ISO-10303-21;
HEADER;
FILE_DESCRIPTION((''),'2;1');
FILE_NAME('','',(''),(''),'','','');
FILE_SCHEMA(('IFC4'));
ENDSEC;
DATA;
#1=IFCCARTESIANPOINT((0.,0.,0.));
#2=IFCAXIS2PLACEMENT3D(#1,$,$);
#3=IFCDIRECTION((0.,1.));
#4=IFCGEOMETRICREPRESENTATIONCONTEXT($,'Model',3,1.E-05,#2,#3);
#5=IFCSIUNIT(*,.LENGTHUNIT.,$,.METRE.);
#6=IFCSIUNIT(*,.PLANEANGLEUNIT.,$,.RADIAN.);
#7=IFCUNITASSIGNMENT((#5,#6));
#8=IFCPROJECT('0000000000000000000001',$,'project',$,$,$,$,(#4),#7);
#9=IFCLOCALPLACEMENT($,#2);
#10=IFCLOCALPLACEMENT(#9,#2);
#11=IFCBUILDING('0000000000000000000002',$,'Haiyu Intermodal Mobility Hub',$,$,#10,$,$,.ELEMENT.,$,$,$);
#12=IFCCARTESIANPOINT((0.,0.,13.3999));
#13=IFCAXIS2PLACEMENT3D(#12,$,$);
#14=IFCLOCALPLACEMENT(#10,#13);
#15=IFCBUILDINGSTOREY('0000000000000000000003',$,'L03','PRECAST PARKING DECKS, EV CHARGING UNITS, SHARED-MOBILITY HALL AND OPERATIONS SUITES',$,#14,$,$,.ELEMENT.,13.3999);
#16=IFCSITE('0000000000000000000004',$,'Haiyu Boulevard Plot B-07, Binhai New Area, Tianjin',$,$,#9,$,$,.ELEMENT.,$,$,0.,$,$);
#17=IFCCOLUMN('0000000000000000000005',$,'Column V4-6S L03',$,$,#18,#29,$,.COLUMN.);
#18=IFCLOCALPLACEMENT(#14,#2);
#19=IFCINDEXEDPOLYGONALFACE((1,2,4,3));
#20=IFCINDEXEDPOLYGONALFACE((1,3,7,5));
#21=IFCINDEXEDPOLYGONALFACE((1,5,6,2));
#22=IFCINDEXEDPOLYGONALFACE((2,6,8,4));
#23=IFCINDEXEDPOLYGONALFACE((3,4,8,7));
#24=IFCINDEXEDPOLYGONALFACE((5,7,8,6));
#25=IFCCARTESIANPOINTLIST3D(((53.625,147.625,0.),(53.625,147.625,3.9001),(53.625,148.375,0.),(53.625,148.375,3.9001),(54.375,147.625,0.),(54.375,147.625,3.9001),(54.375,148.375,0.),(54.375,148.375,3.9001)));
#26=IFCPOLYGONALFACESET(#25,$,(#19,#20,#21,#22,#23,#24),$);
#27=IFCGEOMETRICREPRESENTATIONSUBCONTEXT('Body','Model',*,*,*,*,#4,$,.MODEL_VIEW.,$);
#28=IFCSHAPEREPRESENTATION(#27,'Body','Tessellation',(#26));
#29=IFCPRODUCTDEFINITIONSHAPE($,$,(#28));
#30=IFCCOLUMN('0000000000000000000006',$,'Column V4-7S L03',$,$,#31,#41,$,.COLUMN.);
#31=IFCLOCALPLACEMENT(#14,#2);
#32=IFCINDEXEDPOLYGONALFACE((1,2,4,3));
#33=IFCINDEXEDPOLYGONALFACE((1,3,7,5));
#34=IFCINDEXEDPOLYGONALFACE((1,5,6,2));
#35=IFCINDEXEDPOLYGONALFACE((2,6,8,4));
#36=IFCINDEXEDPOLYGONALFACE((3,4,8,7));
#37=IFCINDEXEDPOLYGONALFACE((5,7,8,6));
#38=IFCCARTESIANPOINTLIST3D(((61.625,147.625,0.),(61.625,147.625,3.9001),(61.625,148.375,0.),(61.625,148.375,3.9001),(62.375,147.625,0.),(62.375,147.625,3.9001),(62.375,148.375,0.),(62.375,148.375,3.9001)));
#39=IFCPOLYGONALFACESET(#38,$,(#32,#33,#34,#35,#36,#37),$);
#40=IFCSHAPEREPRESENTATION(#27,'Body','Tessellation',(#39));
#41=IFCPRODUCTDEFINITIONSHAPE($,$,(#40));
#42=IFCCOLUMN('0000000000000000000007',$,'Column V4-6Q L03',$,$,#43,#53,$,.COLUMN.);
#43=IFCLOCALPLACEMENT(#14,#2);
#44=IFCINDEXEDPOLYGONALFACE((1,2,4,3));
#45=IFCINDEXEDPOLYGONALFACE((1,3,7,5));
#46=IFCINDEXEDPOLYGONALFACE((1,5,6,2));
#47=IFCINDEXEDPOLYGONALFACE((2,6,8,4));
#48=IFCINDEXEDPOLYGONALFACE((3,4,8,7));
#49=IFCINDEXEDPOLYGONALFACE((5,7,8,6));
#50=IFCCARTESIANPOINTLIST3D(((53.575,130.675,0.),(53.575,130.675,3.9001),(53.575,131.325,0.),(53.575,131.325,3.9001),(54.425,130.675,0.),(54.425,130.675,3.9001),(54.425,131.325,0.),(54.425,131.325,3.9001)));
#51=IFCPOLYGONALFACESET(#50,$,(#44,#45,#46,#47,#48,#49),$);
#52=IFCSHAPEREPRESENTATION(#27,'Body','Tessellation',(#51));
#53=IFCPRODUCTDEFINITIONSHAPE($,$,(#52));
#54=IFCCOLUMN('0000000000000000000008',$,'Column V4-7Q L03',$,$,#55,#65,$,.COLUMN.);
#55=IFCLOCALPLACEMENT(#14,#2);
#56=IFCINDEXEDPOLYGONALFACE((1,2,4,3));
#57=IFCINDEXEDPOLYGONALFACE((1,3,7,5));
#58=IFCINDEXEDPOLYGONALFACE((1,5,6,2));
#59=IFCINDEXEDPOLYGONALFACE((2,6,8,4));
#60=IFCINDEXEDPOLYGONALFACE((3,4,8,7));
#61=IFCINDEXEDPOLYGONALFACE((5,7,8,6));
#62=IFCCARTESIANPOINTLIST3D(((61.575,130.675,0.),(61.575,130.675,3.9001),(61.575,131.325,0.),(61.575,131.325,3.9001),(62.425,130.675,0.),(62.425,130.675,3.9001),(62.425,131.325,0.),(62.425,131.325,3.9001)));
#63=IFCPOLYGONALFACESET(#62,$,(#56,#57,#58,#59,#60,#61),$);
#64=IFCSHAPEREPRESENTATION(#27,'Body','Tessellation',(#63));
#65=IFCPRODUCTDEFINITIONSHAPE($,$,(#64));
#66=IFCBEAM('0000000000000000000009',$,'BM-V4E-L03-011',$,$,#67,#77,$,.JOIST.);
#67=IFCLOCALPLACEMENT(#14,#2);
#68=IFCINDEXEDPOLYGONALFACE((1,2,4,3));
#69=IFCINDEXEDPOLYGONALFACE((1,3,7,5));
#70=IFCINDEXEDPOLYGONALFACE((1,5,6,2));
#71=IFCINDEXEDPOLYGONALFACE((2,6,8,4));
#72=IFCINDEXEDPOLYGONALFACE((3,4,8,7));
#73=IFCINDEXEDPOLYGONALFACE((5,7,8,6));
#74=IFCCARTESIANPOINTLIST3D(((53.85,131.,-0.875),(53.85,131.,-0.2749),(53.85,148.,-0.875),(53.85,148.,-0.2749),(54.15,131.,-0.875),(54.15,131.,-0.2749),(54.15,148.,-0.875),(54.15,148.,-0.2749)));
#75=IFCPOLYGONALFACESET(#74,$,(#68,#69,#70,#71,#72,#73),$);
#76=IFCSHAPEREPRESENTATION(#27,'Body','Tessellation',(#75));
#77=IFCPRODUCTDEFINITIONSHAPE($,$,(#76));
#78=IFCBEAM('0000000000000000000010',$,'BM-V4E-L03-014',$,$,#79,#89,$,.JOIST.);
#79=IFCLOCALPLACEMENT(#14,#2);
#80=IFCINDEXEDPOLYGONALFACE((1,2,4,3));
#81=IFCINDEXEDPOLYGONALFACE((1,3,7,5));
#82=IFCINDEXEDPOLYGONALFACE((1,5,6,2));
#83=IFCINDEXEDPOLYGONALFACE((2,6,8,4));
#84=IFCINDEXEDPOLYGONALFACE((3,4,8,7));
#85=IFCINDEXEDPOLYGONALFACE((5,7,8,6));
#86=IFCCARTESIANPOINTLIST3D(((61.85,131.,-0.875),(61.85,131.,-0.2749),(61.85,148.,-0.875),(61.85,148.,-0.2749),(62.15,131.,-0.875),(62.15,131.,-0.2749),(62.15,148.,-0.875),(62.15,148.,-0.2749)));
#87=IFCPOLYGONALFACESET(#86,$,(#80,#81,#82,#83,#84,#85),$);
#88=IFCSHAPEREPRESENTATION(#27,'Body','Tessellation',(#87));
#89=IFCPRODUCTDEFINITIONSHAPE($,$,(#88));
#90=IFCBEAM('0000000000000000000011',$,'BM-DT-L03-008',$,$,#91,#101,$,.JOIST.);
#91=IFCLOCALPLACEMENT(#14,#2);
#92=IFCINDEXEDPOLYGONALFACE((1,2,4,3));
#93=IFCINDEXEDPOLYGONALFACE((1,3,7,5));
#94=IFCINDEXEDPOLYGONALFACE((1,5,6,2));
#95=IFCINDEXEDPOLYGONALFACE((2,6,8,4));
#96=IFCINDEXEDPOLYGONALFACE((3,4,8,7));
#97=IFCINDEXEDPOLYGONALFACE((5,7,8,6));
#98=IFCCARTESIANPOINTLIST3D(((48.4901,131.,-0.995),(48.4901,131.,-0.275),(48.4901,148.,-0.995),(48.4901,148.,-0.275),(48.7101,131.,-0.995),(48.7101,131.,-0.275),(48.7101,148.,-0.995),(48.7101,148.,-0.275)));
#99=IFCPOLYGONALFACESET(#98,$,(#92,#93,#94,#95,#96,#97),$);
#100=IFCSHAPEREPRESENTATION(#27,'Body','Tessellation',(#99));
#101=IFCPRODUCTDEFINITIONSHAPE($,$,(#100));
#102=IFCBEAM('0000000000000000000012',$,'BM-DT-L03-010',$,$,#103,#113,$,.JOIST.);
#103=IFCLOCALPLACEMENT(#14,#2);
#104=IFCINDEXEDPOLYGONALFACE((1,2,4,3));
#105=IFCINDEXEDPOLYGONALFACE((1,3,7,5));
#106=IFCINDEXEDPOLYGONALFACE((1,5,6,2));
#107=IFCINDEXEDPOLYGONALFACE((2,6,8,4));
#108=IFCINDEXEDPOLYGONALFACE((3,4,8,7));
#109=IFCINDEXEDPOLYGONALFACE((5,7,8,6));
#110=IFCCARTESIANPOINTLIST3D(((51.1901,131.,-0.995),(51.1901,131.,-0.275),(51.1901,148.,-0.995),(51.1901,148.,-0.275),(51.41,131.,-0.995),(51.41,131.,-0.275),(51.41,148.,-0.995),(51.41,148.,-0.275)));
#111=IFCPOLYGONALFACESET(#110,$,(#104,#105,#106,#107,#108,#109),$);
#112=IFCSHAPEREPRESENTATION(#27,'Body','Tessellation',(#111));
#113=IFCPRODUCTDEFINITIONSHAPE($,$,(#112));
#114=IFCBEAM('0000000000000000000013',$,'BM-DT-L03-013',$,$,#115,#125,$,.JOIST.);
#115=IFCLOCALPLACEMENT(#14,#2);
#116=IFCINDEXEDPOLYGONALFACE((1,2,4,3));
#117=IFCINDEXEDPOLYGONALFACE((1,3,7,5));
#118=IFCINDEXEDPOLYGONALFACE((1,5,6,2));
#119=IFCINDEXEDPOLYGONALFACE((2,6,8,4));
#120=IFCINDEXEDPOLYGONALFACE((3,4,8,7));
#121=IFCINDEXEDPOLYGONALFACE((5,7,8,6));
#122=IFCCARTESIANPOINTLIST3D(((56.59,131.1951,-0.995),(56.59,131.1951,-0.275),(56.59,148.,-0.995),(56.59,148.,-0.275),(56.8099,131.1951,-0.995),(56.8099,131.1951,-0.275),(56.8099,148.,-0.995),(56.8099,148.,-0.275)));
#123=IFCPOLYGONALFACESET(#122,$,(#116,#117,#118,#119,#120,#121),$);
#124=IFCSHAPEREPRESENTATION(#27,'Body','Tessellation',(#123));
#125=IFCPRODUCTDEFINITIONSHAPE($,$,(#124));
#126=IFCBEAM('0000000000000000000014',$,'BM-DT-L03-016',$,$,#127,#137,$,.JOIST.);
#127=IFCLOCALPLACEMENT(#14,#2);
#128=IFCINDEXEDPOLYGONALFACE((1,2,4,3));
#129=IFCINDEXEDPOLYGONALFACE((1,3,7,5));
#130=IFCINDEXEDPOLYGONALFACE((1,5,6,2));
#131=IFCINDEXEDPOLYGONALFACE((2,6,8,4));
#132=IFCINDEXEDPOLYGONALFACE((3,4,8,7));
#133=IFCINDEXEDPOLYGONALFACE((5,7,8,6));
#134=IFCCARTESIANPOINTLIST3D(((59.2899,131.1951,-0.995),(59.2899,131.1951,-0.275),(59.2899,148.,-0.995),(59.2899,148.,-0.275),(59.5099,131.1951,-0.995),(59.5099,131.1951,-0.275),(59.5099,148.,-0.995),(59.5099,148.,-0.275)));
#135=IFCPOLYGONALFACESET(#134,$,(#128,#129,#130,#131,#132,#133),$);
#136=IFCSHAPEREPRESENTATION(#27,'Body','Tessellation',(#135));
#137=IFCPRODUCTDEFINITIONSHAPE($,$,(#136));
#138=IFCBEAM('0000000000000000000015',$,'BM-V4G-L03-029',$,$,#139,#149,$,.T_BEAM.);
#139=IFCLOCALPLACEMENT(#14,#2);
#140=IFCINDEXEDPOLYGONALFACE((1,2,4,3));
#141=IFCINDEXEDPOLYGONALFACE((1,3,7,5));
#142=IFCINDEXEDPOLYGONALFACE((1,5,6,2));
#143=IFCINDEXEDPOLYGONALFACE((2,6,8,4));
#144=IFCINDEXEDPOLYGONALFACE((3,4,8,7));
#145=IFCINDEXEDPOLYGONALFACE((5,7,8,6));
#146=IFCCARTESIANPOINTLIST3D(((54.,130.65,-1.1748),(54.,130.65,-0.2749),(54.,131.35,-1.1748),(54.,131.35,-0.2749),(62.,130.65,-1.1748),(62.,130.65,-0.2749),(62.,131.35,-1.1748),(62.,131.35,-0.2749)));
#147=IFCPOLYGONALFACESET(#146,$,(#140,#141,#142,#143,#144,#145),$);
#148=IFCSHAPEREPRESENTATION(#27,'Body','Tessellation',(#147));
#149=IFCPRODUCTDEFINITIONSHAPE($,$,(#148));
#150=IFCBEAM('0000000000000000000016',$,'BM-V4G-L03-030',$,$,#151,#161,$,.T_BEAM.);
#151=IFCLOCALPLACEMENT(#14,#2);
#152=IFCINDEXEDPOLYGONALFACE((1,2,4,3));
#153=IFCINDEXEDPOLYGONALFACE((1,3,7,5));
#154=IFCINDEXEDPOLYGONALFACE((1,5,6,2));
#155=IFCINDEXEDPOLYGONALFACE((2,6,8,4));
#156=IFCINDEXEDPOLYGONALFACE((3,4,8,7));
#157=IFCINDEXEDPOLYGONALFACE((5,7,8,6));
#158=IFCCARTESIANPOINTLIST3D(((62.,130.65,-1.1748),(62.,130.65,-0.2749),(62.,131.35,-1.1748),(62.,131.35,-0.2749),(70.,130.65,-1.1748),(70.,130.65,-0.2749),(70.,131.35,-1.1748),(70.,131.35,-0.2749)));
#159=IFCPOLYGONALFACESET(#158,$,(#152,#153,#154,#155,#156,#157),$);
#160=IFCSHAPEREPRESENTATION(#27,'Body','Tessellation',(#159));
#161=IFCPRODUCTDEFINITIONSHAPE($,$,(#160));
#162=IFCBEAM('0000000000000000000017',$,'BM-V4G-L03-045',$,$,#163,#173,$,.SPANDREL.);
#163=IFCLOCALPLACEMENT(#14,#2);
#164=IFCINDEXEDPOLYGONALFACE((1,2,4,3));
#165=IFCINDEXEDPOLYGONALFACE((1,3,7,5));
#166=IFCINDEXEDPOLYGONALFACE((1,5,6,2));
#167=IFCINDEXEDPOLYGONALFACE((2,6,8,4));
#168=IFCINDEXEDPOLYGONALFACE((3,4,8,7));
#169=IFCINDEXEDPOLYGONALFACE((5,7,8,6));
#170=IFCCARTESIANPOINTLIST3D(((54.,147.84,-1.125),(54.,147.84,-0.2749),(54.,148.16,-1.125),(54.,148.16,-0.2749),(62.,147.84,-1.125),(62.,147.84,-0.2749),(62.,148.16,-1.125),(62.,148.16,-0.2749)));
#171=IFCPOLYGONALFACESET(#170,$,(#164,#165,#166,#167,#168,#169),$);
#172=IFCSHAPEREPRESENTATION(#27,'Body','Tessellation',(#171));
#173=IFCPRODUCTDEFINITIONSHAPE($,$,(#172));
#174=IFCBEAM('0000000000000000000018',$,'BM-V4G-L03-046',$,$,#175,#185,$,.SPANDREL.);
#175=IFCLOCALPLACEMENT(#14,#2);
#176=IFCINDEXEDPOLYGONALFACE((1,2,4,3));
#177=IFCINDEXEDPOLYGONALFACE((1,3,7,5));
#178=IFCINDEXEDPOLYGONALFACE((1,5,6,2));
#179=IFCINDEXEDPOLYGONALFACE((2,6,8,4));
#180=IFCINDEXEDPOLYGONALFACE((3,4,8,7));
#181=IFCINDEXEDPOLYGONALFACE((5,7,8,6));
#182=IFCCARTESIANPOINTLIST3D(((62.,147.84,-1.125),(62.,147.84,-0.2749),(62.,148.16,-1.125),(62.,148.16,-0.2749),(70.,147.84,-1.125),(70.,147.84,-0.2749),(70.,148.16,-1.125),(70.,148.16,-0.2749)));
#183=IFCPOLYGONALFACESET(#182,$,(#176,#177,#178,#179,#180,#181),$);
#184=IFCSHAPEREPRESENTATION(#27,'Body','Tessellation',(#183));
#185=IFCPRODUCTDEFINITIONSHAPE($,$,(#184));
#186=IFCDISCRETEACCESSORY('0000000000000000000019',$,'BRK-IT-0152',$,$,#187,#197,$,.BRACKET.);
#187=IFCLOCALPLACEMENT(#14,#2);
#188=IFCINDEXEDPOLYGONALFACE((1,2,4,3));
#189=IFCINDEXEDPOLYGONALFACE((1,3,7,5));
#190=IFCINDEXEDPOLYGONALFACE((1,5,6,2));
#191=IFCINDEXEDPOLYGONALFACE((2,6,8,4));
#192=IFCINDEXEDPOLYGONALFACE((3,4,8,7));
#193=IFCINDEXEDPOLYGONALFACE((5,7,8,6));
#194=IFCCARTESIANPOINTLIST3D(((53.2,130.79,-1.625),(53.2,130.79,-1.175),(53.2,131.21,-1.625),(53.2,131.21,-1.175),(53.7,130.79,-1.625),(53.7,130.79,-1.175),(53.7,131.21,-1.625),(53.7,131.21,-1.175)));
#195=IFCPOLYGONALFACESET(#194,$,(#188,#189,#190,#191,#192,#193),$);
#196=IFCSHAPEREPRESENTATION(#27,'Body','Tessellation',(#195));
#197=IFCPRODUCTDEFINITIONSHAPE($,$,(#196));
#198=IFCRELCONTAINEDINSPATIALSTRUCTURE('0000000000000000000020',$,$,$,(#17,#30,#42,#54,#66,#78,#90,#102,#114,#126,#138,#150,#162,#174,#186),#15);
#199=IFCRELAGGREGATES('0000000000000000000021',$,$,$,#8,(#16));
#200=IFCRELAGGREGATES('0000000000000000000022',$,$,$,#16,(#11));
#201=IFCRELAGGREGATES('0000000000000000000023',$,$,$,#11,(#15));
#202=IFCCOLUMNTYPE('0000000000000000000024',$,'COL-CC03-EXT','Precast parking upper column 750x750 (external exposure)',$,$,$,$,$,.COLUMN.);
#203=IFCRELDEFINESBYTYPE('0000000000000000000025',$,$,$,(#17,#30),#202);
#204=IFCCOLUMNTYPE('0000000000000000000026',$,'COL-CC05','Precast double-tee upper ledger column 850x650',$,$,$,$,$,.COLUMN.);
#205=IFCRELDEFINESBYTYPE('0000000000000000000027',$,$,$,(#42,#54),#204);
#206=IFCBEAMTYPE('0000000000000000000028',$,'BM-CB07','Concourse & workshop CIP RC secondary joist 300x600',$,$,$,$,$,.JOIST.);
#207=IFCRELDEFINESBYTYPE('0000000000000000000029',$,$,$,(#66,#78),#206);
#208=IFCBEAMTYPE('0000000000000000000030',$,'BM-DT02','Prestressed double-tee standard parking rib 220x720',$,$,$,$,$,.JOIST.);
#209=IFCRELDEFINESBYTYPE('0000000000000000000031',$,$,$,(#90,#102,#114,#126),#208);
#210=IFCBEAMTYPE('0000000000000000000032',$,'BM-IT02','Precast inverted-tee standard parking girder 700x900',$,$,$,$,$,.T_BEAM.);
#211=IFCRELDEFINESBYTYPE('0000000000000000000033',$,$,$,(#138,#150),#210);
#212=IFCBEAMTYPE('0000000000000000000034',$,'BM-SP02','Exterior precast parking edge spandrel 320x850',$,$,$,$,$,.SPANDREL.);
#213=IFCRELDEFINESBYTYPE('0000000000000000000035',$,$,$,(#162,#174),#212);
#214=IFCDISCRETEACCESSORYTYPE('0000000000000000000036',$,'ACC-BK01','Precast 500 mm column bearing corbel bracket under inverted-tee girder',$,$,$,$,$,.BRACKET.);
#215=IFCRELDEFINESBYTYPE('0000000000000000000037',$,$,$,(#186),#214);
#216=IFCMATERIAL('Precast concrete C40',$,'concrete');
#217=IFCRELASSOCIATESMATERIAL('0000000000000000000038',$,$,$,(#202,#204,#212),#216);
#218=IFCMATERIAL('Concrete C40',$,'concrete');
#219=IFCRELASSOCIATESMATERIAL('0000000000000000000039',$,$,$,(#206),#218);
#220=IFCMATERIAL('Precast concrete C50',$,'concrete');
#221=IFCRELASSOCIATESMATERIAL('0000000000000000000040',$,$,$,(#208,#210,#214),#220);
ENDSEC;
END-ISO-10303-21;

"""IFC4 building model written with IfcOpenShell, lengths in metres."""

from ifc_helpers import new_model, si_unit, direction, frame, origin, origin_2d, place, context, subcontext, project, spatial, rectangle, extrude, material, material_profile, profile_set, type_object, element, save


model = new_model("IFC4")

# Units and contexts
model_context = context("Model", 3, precision=1e-05, world=origin(), true_north=direction((0.0, 1.0)))
body_context = subcontext(model_context, "Body", "Model", "MODEL_VIEW")
ifc_project = project(units=[si_unit("LENGTHUNIT", "METRE"), si_unit("PLANEANGLEUNIT", "RADIAN")], contexts=[model_context])

# Site, building, storey
site_placement = place(None, origin())
site = spatial("IfcSite", under=ifc_project, at=site_placement, Name="Haiyu Boulevard Plot B-07, Binhai New Area, Tianjin", CompositionType="ELEMENT", RefElevation=0.0)
building_placement = place(site_placement, origin())
building = spatial("IfcBuilding", under=site, at=building_placement, Name="Haiyu Intermodal Mobility Hub", CompositionType="ELEMENT")
storey_placement = place(building_placement, frame((0.0, 0.0, 13.3999)))
storey = spatial("IfcBuildingStorey", under=building, at=storey_placement, Name="L03", Description="PRECAST PARKING DECKS, EV CHARGING UNITS, SHARED-MOBILITY HALL AND OPERATIONS SUITES", CompositionType="ELEMENT", Elevation=13.3999)

# Columns
ifc_material_1 = material(Name="Precast concrete C40", Category="concrete")
ifc_material_profile_1 = material_profile(ifc_material_1, rectangle(XDim=0.75, YDim=0.75, at=origin_2d()), Name="RC750x750")
ifc_profile_set_1 = profile_set([ifc_material_profile_1], Name="Precast concrete C40")
column_type_1 = type_object("IfcColumnType", Name="COL-CC03-EXT", Description="Precast parking upper column 750x750 (external exposure)", PredefinedType="COLUMN", material=ifc_profile_set_1)
for number, where, z_axis, x_axis, name in (
    (1, (54.0, 148.0, 0.0), (0.0, 0.0, 1.0), (1.0, 0.0, 0.0), "Column V4-6S L03"),
    (2, (62.0, 148.0, 0.0), (0.0, 0.0, 1.0), (1.0, 0.0, 0.0), "Column V4-7S L03"),
):
    element("IfcColumn", number, at=place(storey_placement, frame(where, z_axis=z_axis, x_axis=x_axis)), inside=storey, type_object=column_type_1, Name=name, PredefinedType="COLUMN", context=body_context, shape_type="SweptSolid", body=[
        extrude(rectangle(XDim=0.75, YDim=0.75, at=origin_2d()), origin(), (0.0, 0.0, 1.0), 3.9001),
    ])
ifc_material_profile_2 = material_profile(ifc_material_1, rectangle(XDim=0.8501, YDim=0.6499, at=origin_2d()), Name="RC850x650")
ifc_profile_set_2 = profile_set([ifc_material_profile_2], Name="Precast concrete C40")
column_type_2 = type_object("IfcColumnType", Name="COL-CC05", Description="Precast double-tee upper ledger column 850x650", PredefinedType="COLUMN", material=ifc_profile_set_2)
for number, where, z_axis, x_axis, name in (
    (3, (54.0, 131.0, 0.0), (0.0, 0.0, 1.0), (1.0, 0.0, 0.0), "Column V4-6Q L03"),
    (4, (62.0, 131.0, 0.0), (0.0, 0.0, 1.0), (1.0, 0.0, 0.0), "Column V4-7Q L03"),
):
    element("IfcColumn", number, at=place(storey_placement, frame(where, z_axis=z_axis, x_axis=x_axis)), inside=storey, type_object=column_type_2, Name=name, PredefinedType="COLUMN", context=body_context, shape_type="SweptSolid", body=[
        extrude(rectangle(XDim=0.8501, YDim=0.6499, at=origin_2d()), origin(), (0.0, 0.0, 1.0), 3.9001),
    ])

# Beams
ifc_material_2 = material(Name="Concrete C40", Category="concrete")
ifc_material_profile_3 = material_profile(ifc_material_2, rectangle(XDim=0.3, YDim=0.6001, at=origin_2d()), Name="RCB300x600")
ifc_profile_set_3 = profile_set([ifc_material_profile_3], Name="Concrete C40")
beam_type_1 = type_object("IfcBeamType", Name="BM-CB07", Description="Concourse & workshop CIP RC secondary joist 300x600", PredefinedType="JOIST", material=ifc_profile_set_3)
for number, where, z_axis, x_axis, name in (
    (5, (54.0, 131.0, -0.575), (0.0, 1.0, 0.0), (-1.0, 0.0, 0.0), "BM-V4E-L03-011"),
    (6, (62.0, 131.0, -0.575), (0.0, 1.0, 0.0), (-1.0, 0.0, 0.0), "BM-V4E-L03-014"),
):
    element("IfcBeam", number, at=place(storey_placement, frame(where, z_axis=z_axis, x_axis=x_axis)), inside=storey, type_object=beam_type_1, Name=name, PredefinedType="JOIST", context=body_context, shape_type="SweptSolid", body=[
        extrude(rectangle(XDim=0.3, YDim=0.6001, at=origin_2d()), origin(), (0.0, 0.0, 1.0), 17.0),
    ])
ifc_material_3 = material(Name="Precast concrete C50", Category="concrete")
ifc_material_profile_4 = material_profile(ifc_material_3, rectangle(XDim=0.22, YDim=0.72, at=origin_2d()), Name="PC220x720")
ifc_profile_set_4 = profile_set([ifc_material_profile_4], Name="Precast concrete C50")
beam_type_2 = type_object("IfcBeamType", Name="BM-DT02", Description="Prestressed double-tee standard parking rib 220x720", PredefinedType="JOIST", material=ifc_profile_set_4)
for number, where, z_axis, x_axis, name in (
    (7, (48.6001, 131.0, -0.635), (0.0, 1.0, 0.0), (-1.0, 0.0, 0.0), "BM-DT-L03-008"),
    (8, (51.3, 131.0, -0.635), (0.0, 1.0, 0.0), (-1.0, 0.0, 0.0), "BM-DT-L03-010"),
):
    element("IfcBeam", number, at=place(storey_placement, frame(where, z_axis=z_axis, x_axis=x_axis)), inside=storey, type_object=beam_type_2, Name=name, PredefinedType="JOIST", context=body_context, shape_type="SweptSolid", body=[
        extrude(rectangle(XDim=0.22, YDim=0.72, at=origin_2d()), origin(), (0.0, 0.0, 1.0), 17.0),
    ])
for number, where, z_axis, x_axis, name in (
    (9, (56.7, 131.1951, -0.635), (0.0, 1.0, 0.0), (-1.0, 0.0, 0.0), "BM-DT-L03-013"),
    (10, (59.3999, 131.1951, -0.635), (0.0, 1.0, 0.0), (-1.0, 0.0, 0.0), "BM-DT-L03-016"),
):
    element("IfcBeam", number, at=place(storey_placement, frame(where, z_axis=z_axis, x_axis=x_axis)), inside=storey, type_object=beam_type_2, Name=name, PredefinedType="JOIST", context=body_context, shape_type="SweptSolid", body=[
        extrude(rectangle(XDim=0.22, YDim=0.72, at=origin_2d()), origin(), (0.0, 0.0, 1.0), 16.8049),
    ])
ifc_material_profile_5 = material_profile(ifc_material_3, rectangle(XDim=0.7, YDim=0.8999, at=origin_2d()), Name="PC700x900")
ifc_profile_set_5 = profile_set([ifc_material_profile_5], Name="Precast concrete C50")
beam_type_3 = type_object("IfcBeamType", Name="BM-IT02", Description="Precast inverted-tee standard parking girder 700x900", PredefinedType="T_BEAM", material=ifc_profile_set_5)
for number, where, z_axis, x_axis, name in (
    (11, (54.0, 131.0, -0.7249), (1.0, 0.0, 0.0), (0.0, 1.0, 0.0), "BM-V4G-L03-029"),
    (12, (62.0, 131.0, -0.7249), (1.0, 0.0, 0.0), (0.0, 1.0, 0.0), "BM-V4G-L03-030"),
):
    element("IfcBeam", number, at=place(storey_placement, frame(where, z_axis=z_axis, x_axis=x_axis)), inside=storey, type_object=beam_type_3, Name=name, PredefinedType="T_BEAM", context=body_context, shape_type="SweptSolid", body=[
        extrude(rectangle(XDim=0.7, YDim=0.8999, at=origin_2d()), origin(), (0.0, 0.0, 1.0), 8.0),
    ])
ifc_material_profile_6 = material_profile(ifc_material_1, rectangle(XDim=0.3201, YDim=0.8501, at=origin_2d()), Name="PC320x850")
ifc_profile_set_6 = profile_set([ifc_material_profile_6], Name="Precast concrete C40")
beam_type_4 = type_object("IfcBeamType", Name="BM-SP02", Description="Exterior precast parking edge spandrel 320x850", PredefinedType="SPANDREL", material=ifc_profile_set_6)
for number, where, z_axis, x_axis, name in (
    (13, (54.0, 148.0, -0.7), (1.0, 0.0, 0.0), (0.0, 1.0, 0.0), "BM-V4G-L03-045"),
    (14, (62.0, 148.0, -0.7), (1.0, 0.0, 0.0), (0.0, 1.0, 0.0), "BM-V4G-L03-046"),
):
    element("IfcBeam", number, at=place(storey_placement, frame(where, z_axis=z_axis, x_axis=x_axis)), inside=storey, type_object=beam_type_4, Name=name, PredefinedType="SPANDREL", context=body_context, shape_type="SweptSolid", body=[
        extrude(rectangle(XDim=0.3201, YDim=0.8501, at=origin_2d()), origin(), (0.0, 0.0, 1.0), 8.0),
    ])

# Discrete accessory
discrete_accessory_type_1 = type_object("IfcDiscreteAccessoryType", Name="ACC-BK01", Description="Precast 500 mm column bearing corbel bracket under inverted-tee girder", PredefinedType="BRACKET", material=ifc_material_3)
for number, where, z_axis, x_axis, name in (
    (15, (53.45, 131.0, -1.625), (0.0, 0.0, 1.0), (1.0, 0.0, 0.0), "BRK-IT-0152"),
):
    element("IfcDiscreteAccessory", number, at=place(storey_placement, frame(where, z_axis=z_axis, x_axis=x_axis)), inside=storey, type_object=discrete_accessory_type_1, Name=name, PredefinedType="BRACKET", context=body_context, shape_type="SweptSolid", body=[
        extrude(rectangle(XDim=0.5, YDim=0.4199, at=origin_2d()), origin(), (0.0, 0.0, 1.0), 0.45),
    ])

save(model, "model.ifc")
